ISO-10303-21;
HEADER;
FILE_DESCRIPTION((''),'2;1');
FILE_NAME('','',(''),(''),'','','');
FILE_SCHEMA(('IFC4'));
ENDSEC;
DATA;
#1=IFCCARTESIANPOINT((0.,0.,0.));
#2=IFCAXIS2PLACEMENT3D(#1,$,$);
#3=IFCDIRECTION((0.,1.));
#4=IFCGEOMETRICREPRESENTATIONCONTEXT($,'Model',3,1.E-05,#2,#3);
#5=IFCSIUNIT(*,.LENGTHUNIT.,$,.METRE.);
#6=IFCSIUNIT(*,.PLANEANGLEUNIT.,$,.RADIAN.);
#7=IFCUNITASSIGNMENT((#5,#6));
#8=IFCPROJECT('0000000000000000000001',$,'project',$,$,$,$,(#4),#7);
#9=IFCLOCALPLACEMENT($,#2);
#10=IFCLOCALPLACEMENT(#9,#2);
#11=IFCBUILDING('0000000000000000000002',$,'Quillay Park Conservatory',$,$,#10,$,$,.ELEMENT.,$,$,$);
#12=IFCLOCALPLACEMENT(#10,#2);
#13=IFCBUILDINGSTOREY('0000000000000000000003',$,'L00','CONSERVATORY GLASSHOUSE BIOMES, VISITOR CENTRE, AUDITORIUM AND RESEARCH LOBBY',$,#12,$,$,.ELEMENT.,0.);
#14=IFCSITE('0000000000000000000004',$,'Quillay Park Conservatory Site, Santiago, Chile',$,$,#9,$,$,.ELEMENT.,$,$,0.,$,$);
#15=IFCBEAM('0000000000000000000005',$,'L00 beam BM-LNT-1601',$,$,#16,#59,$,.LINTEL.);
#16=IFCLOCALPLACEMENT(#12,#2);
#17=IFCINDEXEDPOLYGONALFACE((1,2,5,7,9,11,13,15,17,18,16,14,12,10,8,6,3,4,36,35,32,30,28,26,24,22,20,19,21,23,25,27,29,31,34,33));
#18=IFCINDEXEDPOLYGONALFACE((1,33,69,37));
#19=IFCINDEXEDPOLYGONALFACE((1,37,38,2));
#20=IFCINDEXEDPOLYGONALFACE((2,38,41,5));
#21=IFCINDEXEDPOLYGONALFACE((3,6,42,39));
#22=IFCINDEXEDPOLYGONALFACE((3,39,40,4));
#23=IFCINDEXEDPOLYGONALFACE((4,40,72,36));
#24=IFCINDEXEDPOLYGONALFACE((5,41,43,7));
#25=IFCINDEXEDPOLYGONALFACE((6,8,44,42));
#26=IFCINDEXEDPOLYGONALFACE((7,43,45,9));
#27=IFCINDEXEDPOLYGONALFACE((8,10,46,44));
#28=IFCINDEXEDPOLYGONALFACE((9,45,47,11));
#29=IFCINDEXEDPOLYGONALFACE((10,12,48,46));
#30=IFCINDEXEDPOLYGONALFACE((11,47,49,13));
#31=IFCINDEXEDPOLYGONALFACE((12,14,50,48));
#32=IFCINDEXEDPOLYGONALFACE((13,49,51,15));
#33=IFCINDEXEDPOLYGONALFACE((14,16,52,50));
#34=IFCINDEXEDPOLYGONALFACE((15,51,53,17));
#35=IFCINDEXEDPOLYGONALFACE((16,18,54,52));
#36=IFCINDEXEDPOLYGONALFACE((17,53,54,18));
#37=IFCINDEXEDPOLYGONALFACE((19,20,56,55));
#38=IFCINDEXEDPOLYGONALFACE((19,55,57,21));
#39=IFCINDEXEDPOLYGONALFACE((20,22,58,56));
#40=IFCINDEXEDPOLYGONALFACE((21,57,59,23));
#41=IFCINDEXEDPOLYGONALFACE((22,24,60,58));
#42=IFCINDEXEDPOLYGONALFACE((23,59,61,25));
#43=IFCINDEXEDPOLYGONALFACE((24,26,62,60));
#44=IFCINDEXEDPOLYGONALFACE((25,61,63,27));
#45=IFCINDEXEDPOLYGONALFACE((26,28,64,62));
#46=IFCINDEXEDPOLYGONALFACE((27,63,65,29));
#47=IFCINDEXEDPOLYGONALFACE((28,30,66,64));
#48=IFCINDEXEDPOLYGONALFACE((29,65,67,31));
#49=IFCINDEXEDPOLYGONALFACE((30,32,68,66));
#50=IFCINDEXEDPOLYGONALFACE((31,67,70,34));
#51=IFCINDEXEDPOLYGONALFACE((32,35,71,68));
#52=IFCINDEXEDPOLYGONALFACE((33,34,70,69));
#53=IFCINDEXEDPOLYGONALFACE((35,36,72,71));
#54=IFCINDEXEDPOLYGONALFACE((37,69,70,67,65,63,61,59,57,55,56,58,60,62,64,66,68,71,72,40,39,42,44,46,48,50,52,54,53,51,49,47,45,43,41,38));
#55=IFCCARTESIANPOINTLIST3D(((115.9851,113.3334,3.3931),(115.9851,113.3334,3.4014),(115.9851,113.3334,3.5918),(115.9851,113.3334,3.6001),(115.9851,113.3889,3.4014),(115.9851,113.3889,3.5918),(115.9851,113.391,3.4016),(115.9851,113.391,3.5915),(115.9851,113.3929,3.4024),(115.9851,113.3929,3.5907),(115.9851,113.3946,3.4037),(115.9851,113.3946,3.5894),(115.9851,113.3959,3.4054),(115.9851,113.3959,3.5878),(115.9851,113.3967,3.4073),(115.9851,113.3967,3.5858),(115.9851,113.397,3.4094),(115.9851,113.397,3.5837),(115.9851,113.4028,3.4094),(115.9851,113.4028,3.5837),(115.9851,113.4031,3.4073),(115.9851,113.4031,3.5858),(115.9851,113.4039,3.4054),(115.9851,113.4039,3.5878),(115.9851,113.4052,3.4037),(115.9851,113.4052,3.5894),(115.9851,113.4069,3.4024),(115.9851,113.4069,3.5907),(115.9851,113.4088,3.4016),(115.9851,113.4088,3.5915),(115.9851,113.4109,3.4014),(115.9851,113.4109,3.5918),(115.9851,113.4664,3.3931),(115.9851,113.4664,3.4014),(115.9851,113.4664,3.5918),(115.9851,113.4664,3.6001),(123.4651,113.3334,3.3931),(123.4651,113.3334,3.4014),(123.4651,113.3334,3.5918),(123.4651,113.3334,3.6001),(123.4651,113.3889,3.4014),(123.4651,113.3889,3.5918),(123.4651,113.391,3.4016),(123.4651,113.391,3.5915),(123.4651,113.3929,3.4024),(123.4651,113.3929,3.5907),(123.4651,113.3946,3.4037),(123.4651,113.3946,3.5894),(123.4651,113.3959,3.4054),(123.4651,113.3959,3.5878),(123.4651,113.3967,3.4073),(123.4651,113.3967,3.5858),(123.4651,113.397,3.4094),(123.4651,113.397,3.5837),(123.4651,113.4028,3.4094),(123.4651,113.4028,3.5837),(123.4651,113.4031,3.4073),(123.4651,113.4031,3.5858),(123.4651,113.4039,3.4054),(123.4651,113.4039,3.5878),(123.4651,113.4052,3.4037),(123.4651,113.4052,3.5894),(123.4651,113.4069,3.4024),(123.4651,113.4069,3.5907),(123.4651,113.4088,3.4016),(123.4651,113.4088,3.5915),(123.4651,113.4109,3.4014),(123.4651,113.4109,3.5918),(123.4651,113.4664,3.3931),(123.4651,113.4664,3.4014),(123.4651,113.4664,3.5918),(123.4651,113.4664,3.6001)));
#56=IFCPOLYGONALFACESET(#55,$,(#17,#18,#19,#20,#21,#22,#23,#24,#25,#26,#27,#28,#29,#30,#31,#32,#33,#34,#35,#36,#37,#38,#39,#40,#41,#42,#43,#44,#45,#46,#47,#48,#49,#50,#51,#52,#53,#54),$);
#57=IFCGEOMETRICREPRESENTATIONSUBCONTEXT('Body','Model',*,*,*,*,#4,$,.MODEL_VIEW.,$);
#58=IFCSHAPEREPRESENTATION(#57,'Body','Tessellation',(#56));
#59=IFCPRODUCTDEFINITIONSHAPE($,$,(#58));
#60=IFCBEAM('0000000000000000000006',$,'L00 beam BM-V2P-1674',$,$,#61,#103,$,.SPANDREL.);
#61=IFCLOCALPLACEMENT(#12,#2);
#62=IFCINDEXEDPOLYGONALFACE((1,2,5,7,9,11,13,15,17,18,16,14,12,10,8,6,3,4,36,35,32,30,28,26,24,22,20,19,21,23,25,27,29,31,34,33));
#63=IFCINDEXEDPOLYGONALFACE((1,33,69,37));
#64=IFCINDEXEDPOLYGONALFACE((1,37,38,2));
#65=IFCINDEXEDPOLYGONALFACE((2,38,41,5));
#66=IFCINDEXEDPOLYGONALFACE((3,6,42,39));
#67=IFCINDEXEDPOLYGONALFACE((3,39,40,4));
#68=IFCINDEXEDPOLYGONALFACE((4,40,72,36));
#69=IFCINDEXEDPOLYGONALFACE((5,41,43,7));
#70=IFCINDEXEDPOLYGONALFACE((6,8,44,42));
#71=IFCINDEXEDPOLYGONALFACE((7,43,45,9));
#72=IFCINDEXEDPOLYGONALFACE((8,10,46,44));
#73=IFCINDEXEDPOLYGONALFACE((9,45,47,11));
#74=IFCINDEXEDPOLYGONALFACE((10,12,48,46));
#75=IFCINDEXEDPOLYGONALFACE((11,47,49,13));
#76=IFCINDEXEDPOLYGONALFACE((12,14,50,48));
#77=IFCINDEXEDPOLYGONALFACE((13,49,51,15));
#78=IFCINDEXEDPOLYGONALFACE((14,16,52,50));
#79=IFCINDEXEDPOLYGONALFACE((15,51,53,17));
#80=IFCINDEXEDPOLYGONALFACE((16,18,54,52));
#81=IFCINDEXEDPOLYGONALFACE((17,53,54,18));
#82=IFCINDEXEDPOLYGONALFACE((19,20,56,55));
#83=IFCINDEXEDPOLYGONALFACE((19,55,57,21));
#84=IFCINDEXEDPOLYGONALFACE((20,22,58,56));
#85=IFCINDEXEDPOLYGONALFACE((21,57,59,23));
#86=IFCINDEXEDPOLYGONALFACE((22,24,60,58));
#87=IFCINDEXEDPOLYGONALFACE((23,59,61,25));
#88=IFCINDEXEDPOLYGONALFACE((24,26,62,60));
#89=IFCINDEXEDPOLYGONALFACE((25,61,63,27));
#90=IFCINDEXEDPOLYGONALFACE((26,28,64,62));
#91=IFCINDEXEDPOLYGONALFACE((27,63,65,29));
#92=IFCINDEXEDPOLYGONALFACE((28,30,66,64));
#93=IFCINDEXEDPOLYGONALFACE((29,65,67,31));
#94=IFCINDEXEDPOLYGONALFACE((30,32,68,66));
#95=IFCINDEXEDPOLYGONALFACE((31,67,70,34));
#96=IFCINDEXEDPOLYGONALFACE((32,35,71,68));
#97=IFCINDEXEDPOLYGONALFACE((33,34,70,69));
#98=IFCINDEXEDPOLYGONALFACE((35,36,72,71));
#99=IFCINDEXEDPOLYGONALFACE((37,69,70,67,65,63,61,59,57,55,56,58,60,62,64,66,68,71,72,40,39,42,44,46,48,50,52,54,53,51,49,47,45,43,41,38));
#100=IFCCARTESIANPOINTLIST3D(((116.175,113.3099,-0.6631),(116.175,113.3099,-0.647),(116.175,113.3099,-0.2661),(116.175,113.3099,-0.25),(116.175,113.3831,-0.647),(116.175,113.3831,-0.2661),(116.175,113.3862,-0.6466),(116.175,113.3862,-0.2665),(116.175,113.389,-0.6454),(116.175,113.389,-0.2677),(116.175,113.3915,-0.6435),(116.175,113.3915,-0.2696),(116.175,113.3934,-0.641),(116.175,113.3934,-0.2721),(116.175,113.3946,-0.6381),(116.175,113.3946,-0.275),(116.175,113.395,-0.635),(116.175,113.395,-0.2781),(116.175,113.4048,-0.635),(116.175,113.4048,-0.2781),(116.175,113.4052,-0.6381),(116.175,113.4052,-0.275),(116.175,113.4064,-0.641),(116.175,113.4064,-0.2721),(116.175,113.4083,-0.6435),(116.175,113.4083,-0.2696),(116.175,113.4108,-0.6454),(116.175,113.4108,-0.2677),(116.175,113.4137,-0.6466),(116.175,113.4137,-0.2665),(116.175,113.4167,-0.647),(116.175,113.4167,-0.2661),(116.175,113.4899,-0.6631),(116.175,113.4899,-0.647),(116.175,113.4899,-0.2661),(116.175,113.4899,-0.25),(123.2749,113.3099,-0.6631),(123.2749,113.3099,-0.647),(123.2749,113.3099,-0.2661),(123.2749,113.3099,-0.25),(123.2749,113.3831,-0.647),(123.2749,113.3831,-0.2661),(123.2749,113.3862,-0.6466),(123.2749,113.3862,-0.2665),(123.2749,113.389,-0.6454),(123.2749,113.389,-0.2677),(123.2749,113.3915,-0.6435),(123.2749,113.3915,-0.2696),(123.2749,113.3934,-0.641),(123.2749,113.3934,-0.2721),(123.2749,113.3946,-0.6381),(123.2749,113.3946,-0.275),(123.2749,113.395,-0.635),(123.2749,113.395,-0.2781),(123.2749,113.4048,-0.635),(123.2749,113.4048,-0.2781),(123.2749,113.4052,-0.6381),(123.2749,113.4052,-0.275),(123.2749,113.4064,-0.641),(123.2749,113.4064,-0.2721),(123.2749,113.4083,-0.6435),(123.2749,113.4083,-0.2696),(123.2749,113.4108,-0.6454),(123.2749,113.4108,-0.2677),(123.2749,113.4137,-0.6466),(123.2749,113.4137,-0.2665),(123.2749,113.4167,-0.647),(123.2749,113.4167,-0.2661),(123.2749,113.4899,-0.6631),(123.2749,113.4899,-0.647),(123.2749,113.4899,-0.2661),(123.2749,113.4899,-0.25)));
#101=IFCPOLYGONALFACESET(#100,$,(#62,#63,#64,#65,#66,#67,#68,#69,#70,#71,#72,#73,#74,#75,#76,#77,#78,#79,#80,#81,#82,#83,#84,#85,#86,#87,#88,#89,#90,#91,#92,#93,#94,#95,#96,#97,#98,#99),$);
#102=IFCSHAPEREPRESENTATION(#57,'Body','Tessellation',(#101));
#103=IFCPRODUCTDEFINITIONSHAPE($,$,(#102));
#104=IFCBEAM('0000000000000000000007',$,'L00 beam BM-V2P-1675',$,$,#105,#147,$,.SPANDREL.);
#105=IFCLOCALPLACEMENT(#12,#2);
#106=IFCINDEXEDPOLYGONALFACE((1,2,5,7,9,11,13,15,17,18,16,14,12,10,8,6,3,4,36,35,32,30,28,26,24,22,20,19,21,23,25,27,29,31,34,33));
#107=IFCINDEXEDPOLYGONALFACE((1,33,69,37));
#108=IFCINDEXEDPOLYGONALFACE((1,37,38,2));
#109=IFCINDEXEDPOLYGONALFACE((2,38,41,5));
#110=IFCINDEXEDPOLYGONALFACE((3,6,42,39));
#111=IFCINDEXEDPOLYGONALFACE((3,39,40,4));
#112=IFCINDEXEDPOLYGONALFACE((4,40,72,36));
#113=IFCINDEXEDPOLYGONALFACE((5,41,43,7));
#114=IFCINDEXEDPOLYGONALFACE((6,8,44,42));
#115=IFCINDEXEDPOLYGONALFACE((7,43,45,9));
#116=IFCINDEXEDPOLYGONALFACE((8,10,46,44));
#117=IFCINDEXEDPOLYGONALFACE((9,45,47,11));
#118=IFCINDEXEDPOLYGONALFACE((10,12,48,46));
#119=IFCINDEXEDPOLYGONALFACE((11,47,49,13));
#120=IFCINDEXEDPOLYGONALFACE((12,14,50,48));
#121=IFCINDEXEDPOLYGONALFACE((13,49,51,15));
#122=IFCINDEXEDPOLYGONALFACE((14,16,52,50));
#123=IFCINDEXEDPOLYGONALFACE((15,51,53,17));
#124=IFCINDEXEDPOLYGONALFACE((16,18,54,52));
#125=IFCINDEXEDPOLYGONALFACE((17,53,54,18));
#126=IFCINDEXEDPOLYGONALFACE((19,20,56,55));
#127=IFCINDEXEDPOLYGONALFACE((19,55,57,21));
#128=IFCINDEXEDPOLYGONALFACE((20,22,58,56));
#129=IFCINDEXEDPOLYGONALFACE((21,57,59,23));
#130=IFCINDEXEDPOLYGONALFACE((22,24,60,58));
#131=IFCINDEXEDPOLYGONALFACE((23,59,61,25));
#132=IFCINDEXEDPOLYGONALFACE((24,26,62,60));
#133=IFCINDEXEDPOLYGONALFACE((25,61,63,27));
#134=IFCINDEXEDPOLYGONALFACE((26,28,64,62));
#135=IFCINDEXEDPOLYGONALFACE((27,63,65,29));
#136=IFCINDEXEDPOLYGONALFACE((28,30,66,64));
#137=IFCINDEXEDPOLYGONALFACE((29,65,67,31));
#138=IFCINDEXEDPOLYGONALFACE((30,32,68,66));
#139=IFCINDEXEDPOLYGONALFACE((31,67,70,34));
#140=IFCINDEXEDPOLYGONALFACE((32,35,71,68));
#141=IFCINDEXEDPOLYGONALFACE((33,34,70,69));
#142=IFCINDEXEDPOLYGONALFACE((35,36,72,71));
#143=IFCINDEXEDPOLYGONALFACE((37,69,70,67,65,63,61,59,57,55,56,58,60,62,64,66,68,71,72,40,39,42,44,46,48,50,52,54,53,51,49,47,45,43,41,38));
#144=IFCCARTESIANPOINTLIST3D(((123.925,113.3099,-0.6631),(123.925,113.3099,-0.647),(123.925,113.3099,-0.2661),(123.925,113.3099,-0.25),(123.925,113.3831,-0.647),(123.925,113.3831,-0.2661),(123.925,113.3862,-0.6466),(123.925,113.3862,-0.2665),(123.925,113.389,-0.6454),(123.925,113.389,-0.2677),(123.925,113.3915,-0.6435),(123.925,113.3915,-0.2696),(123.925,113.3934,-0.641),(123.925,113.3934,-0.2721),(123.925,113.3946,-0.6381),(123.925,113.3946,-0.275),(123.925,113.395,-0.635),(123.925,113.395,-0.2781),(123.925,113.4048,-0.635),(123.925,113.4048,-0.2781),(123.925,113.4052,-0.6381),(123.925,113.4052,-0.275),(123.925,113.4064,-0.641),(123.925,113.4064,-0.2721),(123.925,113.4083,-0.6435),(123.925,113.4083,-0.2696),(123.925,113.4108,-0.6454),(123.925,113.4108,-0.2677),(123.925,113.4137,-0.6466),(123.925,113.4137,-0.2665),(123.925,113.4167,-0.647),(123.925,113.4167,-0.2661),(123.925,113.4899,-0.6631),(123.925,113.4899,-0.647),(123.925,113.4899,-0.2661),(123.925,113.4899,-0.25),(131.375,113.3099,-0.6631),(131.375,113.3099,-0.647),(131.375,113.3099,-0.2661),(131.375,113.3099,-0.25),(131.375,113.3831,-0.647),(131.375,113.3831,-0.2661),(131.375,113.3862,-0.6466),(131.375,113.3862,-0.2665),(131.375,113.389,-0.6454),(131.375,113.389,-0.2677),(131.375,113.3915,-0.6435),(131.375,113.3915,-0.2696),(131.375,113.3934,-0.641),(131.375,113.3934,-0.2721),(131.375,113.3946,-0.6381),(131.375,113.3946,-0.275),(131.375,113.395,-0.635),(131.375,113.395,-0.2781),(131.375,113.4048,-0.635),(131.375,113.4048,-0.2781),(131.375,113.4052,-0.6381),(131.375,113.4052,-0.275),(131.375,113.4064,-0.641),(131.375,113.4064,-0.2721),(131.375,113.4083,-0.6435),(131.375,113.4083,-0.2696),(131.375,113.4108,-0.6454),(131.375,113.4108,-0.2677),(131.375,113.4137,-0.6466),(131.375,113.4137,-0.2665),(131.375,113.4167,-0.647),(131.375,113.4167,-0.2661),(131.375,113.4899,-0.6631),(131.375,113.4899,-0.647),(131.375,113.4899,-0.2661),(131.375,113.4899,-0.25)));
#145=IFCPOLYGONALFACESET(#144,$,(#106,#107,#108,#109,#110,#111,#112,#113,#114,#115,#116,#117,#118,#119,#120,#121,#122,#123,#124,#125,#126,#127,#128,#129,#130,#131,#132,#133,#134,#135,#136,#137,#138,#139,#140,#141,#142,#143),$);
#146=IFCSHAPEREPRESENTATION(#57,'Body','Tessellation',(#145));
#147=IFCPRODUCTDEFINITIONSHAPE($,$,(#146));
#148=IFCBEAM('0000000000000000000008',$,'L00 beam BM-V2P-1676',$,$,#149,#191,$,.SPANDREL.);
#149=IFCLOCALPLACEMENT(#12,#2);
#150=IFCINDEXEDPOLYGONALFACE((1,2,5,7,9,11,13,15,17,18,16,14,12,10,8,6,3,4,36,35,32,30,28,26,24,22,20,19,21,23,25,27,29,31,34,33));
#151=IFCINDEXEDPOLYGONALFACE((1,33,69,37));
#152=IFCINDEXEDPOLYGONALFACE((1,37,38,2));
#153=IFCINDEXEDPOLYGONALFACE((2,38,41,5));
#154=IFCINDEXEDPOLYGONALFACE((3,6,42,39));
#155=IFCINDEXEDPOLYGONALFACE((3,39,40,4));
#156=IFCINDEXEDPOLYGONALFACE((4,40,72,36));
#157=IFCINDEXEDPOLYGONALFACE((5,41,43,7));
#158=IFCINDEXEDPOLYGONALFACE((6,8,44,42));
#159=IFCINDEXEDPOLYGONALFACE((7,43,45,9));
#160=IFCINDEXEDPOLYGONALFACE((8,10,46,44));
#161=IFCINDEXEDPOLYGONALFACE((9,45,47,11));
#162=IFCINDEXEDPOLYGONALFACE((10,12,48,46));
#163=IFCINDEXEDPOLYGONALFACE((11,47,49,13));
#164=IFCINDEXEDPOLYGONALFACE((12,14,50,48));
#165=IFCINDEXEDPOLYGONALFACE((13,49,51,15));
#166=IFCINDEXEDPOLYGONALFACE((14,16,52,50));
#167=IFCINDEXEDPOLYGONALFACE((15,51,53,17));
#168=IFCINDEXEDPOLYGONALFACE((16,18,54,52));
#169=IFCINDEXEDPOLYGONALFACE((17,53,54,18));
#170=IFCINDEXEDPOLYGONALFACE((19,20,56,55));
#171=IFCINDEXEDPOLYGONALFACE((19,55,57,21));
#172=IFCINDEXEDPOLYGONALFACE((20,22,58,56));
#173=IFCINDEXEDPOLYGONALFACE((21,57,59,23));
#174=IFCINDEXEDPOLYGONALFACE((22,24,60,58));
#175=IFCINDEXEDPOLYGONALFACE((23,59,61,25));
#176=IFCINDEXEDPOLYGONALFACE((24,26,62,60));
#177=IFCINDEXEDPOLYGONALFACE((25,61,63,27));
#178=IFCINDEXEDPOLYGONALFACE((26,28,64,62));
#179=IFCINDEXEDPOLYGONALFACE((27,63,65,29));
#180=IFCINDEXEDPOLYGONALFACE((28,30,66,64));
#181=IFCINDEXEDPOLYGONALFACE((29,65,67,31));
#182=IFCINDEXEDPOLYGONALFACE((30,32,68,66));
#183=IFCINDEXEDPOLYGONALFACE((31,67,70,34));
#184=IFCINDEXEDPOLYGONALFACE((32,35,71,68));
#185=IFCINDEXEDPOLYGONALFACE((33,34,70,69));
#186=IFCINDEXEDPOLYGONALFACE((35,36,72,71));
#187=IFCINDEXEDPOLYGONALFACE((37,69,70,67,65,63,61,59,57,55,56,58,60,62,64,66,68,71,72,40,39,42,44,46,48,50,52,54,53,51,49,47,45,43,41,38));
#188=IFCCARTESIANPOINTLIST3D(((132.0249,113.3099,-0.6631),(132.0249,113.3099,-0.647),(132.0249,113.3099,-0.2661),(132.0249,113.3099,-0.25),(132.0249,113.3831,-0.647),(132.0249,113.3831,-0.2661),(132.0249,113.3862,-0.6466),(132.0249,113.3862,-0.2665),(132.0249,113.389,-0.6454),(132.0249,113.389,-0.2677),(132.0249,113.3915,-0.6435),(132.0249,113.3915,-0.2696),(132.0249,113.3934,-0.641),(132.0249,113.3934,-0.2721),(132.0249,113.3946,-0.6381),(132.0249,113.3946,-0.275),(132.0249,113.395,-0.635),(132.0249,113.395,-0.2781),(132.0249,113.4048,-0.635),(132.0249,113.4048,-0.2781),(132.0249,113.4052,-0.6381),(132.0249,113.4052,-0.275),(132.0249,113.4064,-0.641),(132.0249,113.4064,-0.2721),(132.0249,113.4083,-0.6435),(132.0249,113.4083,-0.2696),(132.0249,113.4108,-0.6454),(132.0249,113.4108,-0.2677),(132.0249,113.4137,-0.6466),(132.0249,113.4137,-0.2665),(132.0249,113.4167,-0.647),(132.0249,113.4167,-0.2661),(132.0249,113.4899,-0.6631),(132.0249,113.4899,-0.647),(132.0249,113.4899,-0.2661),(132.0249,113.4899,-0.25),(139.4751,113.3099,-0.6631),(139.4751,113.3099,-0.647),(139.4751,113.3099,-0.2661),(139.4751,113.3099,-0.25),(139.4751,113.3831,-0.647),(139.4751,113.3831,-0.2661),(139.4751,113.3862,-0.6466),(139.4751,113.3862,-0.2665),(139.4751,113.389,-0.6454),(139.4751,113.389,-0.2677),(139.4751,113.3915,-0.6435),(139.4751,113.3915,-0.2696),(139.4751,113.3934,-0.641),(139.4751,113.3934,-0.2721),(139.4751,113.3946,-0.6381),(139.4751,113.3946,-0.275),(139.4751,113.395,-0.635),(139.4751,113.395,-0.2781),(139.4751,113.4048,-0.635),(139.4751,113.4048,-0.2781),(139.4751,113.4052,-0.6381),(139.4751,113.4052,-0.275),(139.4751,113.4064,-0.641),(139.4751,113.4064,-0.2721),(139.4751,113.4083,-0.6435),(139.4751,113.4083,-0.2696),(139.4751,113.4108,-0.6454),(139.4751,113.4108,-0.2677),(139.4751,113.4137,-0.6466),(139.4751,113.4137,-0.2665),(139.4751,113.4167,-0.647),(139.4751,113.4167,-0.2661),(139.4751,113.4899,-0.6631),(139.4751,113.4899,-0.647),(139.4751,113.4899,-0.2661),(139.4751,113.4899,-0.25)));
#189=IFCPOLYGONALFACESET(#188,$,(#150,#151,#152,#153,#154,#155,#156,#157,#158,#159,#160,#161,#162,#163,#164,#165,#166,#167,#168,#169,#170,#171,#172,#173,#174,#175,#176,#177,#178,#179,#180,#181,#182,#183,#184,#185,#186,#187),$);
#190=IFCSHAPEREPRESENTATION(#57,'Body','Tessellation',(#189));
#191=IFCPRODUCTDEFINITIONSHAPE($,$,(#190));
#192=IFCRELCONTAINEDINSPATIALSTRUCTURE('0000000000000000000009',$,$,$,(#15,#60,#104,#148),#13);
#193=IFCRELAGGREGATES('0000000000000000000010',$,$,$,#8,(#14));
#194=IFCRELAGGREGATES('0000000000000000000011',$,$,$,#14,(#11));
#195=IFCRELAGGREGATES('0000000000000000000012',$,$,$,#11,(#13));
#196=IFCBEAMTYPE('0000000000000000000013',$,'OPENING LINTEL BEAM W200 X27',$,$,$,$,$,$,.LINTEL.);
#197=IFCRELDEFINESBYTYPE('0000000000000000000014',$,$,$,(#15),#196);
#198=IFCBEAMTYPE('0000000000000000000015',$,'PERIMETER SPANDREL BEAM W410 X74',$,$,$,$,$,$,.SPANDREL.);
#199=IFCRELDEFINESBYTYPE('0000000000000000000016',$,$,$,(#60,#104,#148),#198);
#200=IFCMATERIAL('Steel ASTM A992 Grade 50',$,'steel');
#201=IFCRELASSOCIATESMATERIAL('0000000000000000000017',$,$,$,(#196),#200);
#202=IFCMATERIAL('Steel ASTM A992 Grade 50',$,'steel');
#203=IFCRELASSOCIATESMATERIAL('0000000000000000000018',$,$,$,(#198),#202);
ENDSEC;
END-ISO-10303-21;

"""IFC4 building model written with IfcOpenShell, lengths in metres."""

from ifc_helpers import new_model, si_unit, direction, frame, origin, origin_2d, place, context, subcontext, project, spatial, i_section, extrude, material, material_profile, profile_set, type_object, element, save


model = new_model("IFC4")

# Units and contexts
model_context = context("Model", 3, precision=1e-05, world=origin(), true_north=direction((0.0, 1.0)))
body_context = subcontext(model_context, "Body", "Model", "MODEL_VIEW")
ifc_project = project(units=[si_unit("LENGTHUNIT", "METRE"), si_unit("PLANEANGLEUNIT", "RADIAN")], contexts=[model_context])

# Site, building, storey
site_placement = place(None, origin())
site = spatial("IfcSite", under=ifc_project, at=site_placement, Name="Quillay Park Conservatory Site, Santiago, Chile", CompositionType="ELEMENT", RefElevation=0.0)
building_placement = place(site_placement, origin())
building = spatial("IfcBuilding", under=site, at=building_placement, Name="Quillay Park Conservatory", CompositionType="ELEMENT")
storey_placement = place(building_placement, origin())
storey = spatial("IfcBuildingStorey", under=building, at=storey_placement, Name="L00", Description="CONSERVATORY GLASSHOUSE BIOMES, VISITOR CENTRE, AUDITORIUM AND RESEARCH LOBBY", CompositionType="ELEMENT", Elevation=0.0)

# Beams
ifc_material_1 = material(Name="Steel ASTM A992 Grade 50", Category="steel")
ifc_material_profile_1 = material_profile(ifc_material_1, i_section(OverallWidth=0.1331, OverallDepth=0.207, WebThickness=0.0059, FlangeThickness=0.0083, FilletRadius=0.0081, at=origin_2d()), Name="W200x27")
ifc_profile_set_1 = profile_set([ifc_material_profile_1], Name="Steel ASTM A992 Grade 50")
beam_type_1 = type_object("IfcBeamType", Name="OPENING LINTEL BEAM W200 X27", PredefinedType="LINTEL", material=ifc_profile_set_1)
beam_1_placement = place(storey_placement, frame((115.9851, 113.3999, 3.4966), z_axis=(1.0, 0.0, 0.0), x_axis=(0.0, 1.0, 0.0)))
element("IfcBeam", 1, at=beam_1_placement, inside=storey, type_object=beam_type_1, Name="L00 beam BM-LNT-1601", PredefinedType="LINTEL", context=body_context, shape_type="SweptSolid", body=[
    extrude(i_section(OverallWidth=0.1331, OverallDepth=0.207, WebThickness=0.0059, FlangeThickness=0.0083, FilletRadius=0.0081, at=origin_2d()), origin(), (0.0, 0.0, 1.0), 7.48),
])
ifc_material_2 = material(Name="Steel ASTM A992 Grade 50", Category="steel")
ifc_material_profile_2 = material_profile(ifc_material_2, i_section(OverallWidth=0.1799, OverallDepth=0.4131, WebThickness=0.0098, FlangeThickness=0.0161, FilletRadius=0.012, at=origin_2d()), Name="W410x74")
ifc_profile_set_2 = profile_set([ifc_material_profile_2], Name="Steel ASTM A992 Grade 50")
beam_type_2 = type_object("IfcBeamType", Name="PERIMETER SPANDREL BEAM W410 X74", PredefinedType="SPANDREL", material=ifc_profile_set_2)
beam_2_placement = place(storey_placement, frame((116.175, 113.3999, -0.4565), z_axis=(1.0, 0.0, 0.0), x_axis=(0.0, 1.0, 0.0)))
element("IfcBeam", 2, at=beam_2_placement, inside=storey, type_object=beam_type_2, Name="L00 beam BM-V2P-1674", PredefinedType="SPANDREL", context=body_context, shape_type="SweptSolid", body=[
    extrude(i_section(OverallWidth=0.1799, OverallDepth=0.4131, WebThickness=0.0098, FlangeThickness=0.0161, FilletRadius=0.012, at=origin_2d()), origin(), (0.0, 0.0, 1.0), 7.0999),
])
beam_3_placement = place(storey_placement, frame((123.925, 113.3999, -0.4565), z_axis=(1.0, 0.0, 0.0), x_axis=(0.0, 1.0, 0.0)))
element("IfcBeam", 3, at=beam_3_placement, inside=storey, type_object=beam_type_2, Name="L00 beam BM-V2P-1675", PredefinedType="SPANDREL", context=body_context, shape_type="SweptSolid", body=[
    extrude(i_section(OverallWidth=0.1799, OverallDepth=0.4131, WebThickness=0.0098, FlangeThickness=0.0161, FilletRadius=0.012, at=origin_2d()), origin(), (0.0, 0.0, 1.0), 7.45),
])
beam_4_placement = place(storey_placement, frame((132.0249, 113.3999, -0.4565), z_axis=(1.0, 0.0, 0.0), x_axis=(0.0, 1.0, 0.0)))
element("IfcBeam", 4, at=beam_4_placement, inside=storey, type_object=beam_type_2, Name="L00 beam BM-V2P-1676", PredefinedType="SPANDREL", context=body_context, shape_type="SweptSolid", body=[
    extrude(i_section(OverallWidth=0.1799, OverallDepth=0.4131, WebThickness=0.0098, FlangeThickness=0.0161, FilletRadius=0.012, at=origin_2d()), origin(), (0.0, 0.0, 1.0), 7.4502),
])

save(model, "model.ifc")
